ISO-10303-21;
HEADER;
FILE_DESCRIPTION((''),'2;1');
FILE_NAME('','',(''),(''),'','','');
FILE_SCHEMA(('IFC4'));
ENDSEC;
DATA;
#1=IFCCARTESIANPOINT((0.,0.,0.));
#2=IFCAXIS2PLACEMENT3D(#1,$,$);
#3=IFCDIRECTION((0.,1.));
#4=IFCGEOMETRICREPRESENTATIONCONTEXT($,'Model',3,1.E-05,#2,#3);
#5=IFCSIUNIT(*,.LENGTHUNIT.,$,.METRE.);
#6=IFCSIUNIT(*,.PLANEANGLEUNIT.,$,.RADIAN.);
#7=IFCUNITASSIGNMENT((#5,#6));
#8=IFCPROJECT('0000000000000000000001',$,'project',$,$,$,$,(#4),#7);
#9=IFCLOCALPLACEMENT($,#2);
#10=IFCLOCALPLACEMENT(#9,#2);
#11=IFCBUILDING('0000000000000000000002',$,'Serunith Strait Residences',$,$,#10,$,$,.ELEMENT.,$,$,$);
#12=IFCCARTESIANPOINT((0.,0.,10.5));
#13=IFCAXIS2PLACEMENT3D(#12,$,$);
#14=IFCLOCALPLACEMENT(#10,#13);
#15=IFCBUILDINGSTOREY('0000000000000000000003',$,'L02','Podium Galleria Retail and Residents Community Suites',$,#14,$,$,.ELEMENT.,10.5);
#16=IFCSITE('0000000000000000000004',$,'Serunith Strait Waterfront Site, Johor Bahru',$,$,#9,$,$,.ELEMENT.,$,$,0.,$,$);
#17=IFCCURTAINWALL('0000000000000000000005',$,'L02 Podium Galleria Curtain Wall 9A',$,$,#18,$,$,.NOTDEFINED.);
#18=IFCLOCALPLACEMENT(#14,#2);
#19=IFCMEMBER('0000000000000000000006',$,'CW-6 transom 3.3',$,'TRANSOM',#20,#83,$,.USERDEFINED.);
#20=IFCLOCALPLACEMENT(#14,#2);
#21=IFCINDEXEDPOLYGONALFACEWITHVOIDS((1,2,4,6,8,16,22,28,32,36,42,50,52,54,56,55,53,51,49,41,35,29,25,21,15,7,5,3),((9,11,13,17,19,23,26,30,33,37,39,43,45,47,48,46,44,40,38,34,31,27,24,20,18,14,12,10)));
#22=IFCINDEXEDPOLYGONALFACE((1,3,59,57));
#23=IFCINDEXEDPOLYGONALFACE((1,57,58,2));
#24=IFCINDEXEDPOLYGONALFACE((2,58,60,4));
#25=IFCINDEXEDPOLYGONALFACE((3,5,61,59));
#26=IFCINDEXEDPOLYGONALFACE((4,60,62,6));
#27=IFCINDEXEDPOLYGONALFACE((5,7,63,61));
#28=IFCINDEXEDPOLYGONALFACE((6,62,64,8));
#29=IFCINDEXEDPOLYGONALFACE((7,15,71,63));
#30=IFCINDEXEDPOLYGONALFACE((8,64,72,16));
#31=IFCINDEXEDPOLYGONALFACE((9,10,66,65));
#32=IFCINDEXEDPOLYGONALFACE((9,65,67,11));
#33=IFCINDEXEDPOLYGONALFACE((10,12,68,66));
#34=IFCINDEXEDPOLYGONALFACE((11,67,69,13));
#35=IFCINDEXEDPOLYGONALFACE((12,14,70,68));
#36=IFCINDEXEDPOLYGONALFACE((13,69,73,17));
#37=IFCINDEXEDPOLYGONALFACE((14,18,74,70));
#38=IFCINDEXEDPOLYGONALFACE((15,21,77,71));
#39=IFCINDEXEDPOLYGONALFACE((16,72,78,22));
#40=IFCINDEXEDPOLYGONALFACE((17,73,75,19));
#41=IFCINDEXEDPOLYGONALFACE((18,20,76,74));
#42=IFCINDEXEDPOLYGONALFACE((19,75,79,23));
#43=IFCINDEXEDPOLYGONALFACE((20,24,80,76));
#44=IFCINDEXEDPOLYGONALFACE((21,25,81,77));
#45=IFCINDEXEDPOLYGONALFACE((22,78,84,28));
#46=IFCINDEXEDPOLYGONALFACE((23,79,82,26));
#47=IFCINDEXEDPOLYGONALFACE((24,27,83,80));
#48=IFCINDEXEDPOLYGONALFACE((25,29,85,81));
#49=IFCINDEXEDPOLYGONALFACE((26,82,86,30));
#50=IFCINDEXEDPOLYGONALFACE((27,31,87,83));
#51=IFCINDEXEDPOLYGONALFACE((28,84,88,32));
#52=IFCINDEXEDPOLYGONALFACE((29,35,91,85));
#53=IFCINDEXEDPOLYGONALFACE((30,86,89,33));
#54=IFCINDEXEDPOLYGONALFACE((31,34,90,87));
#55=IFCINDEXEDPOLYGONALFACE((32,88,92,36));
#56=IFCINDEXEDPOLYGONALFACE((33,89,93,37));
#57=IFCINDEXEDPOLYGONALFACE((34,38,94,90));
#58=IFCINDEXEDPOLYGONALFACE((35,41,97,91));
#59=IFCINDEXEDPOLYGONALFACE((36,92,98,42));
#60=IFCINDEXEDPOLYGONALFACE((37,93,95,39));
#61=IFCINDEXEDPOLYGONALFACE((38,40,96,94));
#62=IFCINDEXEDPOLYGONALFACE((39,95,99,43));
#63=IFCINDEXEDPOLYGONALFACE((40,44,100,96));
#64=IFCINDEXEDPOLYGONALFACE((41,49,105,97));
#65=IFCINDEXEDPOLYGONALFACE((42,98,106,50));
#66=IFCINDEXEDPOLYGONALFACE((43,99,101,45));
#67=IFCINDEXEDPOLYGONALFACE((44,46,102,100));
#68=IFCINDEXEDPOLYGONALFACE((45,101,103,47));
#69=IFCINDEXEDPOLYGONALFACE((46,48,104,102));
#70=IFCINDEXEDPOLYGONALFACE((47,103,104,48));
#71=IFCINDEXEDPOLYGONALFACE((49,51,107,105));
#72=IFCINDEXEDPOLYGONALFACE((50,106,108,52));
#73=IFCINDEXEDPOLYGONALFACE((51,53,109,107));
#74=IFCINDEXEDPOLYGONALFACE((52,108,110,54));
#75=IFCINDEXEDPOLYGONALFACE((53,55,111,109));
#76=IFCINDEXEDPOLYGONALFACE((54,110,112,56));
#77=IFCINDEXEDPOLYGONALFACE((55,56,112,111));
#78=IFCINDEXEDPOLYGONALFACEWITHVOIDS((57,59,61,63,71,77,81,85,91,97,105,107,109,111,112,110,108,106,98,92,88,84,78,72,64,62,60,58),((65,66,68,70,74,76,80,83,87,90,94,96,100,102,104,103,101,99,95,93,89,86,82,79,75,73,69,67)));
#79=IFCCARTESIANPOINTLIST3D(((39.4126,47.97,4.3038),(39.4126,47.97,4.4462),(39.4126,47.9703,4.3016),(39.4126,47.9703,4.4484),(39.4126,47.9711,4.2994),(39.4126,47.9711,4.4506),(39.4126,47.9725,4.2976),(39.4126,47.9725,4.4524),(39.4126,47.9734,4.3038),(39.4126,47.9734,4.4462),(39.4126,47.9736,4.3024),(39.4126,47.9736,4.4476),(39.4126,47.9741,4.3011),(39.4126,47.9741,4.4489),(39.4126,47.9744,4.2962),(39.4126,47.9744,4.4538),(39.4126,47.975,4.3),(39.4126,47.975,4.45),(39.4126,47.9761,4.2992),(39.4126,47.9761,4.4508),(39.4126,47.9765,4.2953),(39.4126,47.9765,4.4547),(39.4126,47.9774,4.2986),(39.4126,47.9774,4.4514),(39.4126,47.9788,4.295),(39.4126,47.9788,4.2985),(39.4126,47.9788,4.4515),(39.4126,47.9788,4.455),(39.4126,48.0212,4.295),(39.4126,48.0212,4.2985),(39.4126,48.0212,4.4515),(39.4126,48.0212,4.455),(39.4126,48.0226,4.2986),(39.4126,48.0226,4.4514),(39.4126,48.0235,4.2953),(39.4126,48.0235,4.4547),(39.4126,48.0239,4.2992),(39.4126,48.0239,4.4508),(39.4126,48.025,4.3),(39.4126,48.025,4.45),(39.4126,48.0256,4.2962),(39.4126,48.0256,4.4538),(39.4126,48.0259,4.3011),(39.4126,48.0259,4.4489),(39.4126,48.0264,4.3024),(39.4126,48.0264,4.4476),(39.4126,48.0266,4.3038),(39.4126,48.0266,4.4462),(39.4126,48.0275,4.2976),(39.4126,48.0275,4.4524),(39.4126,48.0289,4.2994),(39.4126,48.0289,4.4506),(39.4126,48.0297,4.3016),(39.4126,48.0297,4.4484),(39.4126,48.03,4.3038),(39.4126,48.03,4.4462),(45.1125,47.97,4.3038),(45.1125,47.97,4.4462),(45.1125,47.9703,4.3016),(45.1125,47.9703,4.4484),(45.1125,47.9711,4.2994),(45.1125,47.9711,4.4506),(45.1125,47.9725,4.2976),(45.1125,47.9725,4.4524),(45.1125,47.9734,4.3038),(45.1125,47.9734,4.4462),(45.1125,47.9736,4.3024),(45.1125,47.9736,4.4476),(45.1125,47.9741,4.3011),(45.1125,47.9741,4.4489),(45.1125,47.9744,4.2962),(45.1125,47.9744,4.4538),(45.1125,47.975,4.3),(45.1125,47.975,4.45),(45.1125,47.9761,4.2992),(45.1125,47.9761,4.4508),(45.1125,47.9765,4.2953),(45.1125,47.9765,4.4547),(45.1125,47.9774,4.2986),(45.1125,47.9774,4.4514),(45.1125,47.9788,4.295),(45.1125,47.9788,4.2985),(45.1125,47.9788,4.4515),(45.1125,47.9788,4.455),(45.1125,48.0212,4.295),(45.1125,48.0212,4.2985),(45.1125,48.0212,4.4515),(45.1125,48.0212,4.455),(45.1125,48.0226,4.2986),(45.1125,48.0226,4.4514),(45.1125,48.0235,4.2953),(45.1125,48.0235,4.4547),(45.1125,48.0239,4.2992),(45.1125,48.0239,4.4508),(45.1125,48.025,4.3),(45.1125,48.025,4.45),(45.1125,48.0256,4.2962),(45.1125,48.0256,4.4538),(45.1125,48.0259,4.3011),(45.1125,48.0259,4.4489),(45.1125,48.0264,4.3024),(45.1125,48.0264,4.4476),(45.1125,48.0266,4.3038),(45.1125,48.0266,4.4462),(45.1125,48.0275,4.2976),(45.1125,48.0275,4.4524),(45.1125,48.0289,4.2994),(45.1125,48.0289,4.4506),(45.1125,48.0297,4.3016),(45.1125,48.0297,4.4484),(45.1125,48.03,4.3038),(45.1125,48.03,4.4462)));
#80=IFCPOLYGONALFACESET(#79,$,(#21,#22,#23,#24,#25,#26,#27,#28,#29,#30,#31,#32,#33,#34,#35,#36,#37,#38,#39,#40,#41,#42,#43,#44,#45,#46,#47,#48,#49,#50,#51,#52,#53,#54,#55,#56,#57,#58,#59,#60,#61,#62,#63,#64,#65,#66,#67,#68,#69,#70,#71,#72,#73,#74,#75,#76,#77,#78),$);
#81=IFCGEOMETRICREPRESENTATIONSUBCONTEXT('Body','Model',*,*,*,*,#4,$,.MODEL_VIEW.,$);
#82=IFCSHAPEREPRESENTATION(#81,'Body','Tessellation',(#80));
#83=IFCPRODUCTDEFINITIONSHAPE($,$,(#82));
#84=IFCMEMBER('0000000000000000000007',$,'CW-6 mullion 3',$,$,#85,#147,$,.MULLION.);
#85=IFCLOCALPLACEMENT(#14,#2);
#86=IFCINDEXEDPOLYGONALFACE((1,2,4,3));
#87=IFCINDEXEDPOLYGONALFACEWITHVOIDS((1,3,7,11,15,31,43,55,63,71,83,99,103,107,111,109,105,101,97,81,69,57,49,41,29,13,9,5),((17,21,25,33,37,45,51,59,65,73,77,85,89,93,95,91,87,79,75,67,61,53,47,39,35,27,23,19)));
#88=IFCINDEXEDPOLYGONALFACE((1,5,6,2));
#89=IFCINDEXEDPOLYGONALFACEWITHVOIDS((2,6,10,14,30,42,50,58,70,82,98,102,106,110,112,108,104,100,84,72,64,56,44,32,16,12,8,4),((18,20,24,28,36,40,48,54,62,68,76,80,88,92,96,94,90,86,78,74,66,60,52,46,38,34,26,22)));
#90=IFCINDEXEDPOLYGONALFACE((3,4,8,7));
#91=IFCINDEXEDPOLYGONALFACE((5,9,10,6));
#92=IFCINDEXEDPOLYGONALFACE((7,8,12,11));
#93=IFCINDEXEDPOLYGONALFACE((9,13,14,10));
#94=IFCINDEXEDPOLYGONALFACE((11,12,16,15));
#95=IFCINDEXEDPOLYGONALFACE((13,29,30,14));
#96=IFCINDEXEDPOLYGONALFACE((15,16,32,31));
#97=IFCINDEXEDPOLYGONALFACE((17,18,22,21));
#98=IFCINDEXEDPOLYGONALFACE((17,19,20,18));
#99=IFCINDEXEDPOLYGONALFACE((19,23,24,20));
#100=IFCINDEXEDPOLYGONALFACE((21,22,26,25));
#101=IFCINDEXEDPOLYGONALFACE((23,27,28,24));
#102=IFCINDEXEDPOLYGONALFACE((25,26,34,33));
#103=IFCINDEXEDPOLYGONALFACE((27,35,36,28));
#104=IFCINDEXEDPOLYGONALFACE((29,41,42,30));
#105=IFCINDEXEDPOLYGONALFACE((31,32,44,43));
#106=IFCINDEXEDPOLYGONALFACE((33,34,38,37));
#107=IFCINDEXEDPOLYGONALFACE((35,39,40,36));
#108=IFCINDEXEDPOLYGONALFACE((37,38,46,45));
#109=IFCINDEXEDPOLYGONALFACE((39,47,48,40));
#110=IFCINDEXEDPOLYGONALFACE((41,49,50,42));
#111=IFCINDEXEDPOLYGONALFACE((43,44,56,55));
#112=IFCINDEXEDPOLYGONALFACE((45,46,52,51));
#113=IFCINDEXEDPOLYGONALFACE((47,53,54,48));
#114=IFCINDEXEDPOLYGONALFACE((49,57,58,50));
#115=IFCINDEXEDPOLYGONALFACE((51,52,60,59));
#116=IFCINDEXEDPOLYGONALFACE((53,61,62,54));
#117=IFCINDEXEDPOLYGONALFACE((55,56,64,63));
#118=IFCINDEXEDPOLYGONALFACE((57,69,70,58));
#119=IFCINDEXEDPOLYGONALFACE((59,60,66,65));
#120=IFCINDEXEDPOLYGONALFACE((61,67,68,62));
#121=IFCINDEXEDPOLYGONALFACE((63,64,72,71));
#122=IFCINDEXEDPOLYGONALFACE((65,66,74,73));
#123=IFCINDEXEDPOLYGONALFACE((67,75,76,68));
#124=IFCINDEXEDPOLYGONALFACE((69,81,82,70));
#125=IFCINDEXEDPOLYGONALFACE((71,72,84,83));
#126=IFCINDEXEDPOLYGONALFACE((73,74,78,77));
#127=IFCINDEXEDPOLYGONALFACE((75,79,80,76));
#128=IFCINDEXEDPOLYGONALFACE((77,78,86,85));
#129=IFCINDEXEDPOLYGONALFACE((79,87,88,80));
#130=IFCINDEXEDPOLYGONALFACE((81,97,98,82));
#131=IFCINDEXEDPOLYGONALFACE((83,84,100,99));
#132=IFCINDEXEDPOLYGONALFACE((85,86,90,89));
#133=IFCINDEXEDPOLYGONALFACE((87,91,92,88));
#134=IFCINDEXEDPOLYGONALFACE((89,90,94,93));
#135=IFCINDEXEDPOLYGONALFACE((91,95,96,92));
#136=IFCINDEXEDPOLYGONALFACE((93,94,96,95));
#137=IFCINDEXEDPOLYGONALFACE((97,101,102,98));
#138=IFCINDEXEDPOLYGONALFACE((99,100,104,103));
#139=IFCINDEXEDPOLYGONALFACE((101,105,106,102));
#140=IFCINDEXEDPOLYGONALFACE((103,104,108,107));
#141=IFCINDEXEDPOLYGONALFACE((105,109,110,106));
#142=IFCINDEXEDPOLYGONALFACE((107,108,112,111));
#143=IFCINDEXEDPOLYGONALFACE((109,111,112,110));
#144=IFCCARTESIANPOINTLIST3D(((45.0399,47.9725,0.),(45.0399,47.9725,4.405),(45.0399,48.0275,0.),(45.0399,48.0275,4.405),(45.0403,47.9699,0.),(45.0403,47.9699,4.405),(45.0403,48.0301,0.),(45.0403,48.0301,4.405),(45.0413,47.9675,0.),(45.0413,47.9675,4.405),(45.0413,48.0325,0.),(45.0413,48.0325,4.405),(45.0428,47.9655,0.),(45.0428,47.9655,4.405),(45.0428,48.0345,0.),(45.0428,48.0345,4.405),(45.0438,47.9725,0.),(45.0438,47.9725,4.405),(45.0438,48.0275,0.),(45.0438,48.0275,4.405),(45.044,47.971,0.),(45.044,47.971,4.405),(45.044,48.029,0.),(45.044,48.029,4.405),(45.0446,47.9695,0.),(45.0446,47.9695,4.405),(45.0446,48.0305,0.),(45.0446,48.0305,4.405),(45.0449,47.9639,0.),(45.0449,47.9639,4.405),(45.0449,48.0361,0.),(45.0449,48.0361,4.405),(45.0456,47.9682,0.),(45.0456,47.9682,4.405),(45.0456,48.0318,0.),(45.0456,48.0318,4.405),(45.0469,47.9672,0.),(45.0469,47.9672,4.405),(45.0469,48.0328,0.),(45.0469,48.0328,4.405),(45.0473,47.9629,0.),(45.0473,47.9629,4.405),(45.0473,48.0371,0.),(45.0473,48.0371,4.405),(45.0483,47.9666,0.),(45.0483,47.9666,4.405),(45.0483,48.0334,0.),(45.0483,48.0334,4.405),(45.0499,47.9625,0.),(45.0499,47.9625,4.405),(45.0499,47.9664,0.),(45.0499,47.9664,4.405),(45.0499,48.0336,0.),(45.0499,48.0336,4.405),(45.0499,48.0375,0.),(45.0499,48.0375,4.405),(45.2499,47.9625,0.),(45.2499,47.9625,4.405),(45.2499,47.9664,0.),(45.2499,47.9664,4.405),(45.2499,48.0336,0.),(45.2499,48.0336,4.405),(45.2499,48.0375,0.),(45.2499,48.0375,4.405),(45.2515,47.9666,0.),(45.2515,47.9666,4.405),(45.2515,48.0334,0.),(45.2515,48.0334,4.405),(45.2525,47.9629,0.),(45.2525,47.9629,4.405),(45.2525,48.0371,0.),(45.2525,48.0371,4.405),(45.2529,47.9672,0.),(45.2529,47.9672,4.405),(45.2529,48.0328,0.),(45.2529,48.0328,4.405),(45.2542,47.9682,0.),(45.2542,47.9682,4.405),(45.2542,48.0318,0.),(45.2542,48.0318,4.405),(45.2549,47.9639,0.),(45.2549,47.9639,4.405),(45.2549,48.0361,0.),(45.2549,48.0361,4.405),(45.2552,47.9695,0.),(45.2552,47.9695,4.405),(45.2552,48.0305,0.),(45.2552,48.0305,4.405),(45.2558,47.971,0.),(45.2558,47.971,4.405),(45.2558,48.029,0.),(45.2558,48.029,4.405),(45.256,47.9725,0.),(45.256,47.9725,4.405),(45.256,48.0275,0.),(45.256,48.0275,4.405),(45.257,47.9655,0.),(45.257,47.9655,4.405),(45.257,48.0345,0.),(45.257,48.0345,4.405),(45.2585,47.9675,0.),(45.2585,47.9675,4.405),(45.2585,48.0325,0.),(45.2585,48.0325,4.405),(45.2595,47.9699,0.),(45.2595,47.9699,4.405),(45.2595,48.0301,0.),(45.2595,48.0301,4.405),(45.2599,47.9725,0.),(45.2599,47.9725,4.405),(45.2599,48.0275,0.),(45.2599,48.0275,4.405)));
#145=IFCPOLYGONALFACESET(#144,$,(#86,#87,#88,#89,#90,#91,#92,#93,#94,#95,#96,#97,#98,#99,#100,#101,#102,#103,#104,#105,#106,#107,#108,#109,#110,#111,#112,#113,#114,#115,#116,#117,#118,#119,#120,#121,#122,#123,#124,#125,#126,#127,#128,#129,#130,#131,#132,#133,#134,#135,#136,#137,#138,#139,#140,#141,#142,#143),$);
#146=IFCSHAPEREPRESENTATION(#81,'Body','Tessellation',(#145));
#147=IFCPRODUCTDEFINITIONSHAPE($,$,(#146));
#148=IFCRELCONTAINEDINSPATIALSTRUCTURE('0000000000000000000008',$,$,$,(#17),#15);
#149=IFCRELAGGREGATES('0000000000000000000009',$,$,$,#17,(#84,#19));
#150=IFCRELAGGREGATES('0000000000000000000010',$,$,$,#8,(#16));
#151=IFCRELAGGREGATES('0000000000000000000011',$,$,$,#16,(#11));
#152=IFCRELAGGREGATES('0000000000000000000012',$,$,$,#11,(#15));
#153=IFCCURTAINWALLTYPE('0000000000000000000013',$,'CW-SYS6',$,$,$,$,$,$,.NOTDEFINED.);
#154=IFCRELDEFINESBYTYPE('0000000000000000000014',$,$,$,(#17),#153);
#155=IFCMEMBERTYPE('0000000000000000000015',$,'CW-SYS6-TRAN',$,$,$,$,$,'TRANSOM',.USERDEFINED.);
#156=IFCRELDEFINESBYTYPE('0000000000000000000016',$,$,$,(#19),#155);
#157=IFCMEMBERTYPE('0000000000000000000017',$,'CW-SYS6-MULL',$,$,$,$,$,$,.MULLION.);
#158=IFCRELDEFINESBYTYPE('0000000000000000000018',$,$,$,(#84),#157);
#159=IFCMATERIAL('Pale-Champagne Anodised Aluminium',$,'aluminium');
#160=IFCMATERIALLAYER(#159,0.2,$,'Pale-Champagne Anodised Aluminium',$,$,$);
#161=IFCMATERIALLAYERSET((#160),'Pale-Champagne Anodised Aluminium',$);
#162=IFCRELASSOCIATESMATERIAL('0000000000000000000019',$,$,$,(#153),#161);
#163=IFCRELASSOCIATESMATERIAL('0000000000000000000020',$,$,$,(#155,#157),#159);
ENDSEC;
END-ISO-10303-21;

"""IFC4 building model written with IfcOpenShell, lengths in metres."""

from ifc_helpers import new_model, si_unit, direction, frame, origin, origin_2d, place, context, subcontext, project, spatial, hollow_rectangle, extrude, source, transform, mapped, material, layer, layer_set, material_profile, profile_set, type_object, element, aggregate, save


model = new_model("IFC4")

# Units and contexts
model_context = context("Model", 3, precision=1e-05, world=origin(), true_north=direction((0.0, 1.0)))
body_context = subcontext(model_context, "Body", "Model", "MODEL_VIEW")
ifc_project = project(units=[si_unit("LENGTHUNIT", "METRE"), si_unit("PLANEANGLEUNIT", "RADIAN")], contexts=[model_context])

# Site, building, storey
site_placement = place(None, origin())
site = spatial("IfcSite", under=ifc_project, at=site_placement, Name="Serunith Strait Waterfront Site, Johor Bahru", CompositionType="ELEMENT", RefElevation=0.0)
building_placement = place(site_placement, origin())
building = spatial("IfcBuilding", under=site, at=building_placement, Name="Serunith Strait Residences", CompositionType="ELEMENT")
storey_placement = place(building_placement, frame((0.0, 0.0, 10.5)))
storey = spatial("IfcBuildingStorey", under=building, at=storey_placement, Name="L02", Description="Podium Galleria Retail and Residents Community Suites", CompositionType="ELEMENT", Elevation=10.5)

# Curtain wall, members
ifc_material_1 = material(Name="Pale-Champagne Anodised Aluminium", Category="aluminium")
ifc_layer_1 = layer(ifc_material_1, 0.2, Name="Pale-Champagne Anodised Aluminium")
ifc_layer_set_1 = layer_set([ifc_layer_1], Name="Pale-Champagne Anodised Aluminium")
curtain_wall_type = type_object("IfcCurtainWallType", Name="CW-SYS6", PredefinedType="NOTDEFINED", material=ifc_layer_set_1)
curtain_wall_placement = place(storey_placement, origin())
curtain_wall = element("IfcCurtainWall", 1, at=curtain_wall_placement, inside=storey, type_object=curtain_wall_type, Name="L02 Podium Galleria Curtain Wall 9A", PredefinedType="NOTDEFINED")
ifc_material_profile_1 = material_profile(ifc_material_1, hollow_rectangle(XDim=0.0601, YDim=0.1599, WallThickness=0.0034, InnerFilletRadius=0.0054, OuterFilletRadius=0.0088, at=origin_2d()), Name="ALU 160x60x3.5")
ifc_profile_set_1 = profile_set([ifc_material_profile_1], Name="Pale-Champagne Anodised Aluminium")
member_type_1 = type_object("IfcMemberType", Name="CW-SYS6-TRAN", ElementType="TRANSOM", PredefinedType="USERDEFINED", material=ifc_profile_set_1)
shared_shape_1 = source(origin(), body_context, "Body", "SweptSolid", [
    extrude(hollow_rectangle(XDim=0.0601, YDim=0.1599, WallThickness=0.0034, InnerFilletRadius=0.0054, OuterFilletRadius=0.0088, at=origin_2d()), origin(), (0.0, 0.0, 1.0), 5.7),
])
member_1_placement = place(storey_placement, frame((45.1125, 48.0, 4.375), z_axis=(-1.0, 0.0, 0.0), x_axis=(0.0, -1.0, 0.0)))
member_1 = element("IfcMember", 2, at=member_1_placement, type_object=member_type_1, Name="CW-6 transom 3.3", ObjectType="TRANSOM", PredefinedType="USERDEFINED", context=body_context, shape_type="MappedRepresentation", body=[
    mapped(shared_shape_1, transform((0.0, 0.0, 0.0), scale=1.0)),
])
ifc_material_profile_2 = material_profile(ifc_material_1, hollow_rectangle(XDim=0.075, YDim=0.22, WallThickness=0.0039, InnerFilletRadius=0.0061, OuterFilletRadius=0.01, at=origin_2d()), Name="ALU 220x75x4")
ifc_profile_set_2 = profile_set([ifc_material_profile_2], Name="Pale-Champagne Anodised Aluminium")
member_type_2 = type_object("IfcMemberType", Name="CW-SYS6-MULL", PredefinedType="MULLION", material=ifc_profile_set_2)
shared_shape_2 = source(origin(), body_context, "Body", "SweptSolid", [
    extrude(hollow_rectangle(XDim=0.075, YDim=0.22, WallThickness=0.0039, InnerFilletRadius=0.0061, OuterFilletRadius=0.01, at=origin_2d()), origin(), (0.0, 0.0, 1.0), 4.405),
])
member_2_placement = place(storey_placement, frame((45.1499, 48.0, 0.0), z_axis=(0.0, 0.0, 1.0), x_axis=(0.0, -1.0, 0.0)))
member_2 = element("IfcMember", 3, at=member_2_placement, type_object=member_type_2, Name="CW-6 mullion 3", PredefinedType="MULLION", context=body_context, shape_type="MappedRepresentation", body=[
    mapped(shared_shape_2, transform((0.0, 0.0, 0.0), scale=1.0)),
])
aggregate(curtain_wall, [member_2, member_1])

save(model, "model.ifc")
